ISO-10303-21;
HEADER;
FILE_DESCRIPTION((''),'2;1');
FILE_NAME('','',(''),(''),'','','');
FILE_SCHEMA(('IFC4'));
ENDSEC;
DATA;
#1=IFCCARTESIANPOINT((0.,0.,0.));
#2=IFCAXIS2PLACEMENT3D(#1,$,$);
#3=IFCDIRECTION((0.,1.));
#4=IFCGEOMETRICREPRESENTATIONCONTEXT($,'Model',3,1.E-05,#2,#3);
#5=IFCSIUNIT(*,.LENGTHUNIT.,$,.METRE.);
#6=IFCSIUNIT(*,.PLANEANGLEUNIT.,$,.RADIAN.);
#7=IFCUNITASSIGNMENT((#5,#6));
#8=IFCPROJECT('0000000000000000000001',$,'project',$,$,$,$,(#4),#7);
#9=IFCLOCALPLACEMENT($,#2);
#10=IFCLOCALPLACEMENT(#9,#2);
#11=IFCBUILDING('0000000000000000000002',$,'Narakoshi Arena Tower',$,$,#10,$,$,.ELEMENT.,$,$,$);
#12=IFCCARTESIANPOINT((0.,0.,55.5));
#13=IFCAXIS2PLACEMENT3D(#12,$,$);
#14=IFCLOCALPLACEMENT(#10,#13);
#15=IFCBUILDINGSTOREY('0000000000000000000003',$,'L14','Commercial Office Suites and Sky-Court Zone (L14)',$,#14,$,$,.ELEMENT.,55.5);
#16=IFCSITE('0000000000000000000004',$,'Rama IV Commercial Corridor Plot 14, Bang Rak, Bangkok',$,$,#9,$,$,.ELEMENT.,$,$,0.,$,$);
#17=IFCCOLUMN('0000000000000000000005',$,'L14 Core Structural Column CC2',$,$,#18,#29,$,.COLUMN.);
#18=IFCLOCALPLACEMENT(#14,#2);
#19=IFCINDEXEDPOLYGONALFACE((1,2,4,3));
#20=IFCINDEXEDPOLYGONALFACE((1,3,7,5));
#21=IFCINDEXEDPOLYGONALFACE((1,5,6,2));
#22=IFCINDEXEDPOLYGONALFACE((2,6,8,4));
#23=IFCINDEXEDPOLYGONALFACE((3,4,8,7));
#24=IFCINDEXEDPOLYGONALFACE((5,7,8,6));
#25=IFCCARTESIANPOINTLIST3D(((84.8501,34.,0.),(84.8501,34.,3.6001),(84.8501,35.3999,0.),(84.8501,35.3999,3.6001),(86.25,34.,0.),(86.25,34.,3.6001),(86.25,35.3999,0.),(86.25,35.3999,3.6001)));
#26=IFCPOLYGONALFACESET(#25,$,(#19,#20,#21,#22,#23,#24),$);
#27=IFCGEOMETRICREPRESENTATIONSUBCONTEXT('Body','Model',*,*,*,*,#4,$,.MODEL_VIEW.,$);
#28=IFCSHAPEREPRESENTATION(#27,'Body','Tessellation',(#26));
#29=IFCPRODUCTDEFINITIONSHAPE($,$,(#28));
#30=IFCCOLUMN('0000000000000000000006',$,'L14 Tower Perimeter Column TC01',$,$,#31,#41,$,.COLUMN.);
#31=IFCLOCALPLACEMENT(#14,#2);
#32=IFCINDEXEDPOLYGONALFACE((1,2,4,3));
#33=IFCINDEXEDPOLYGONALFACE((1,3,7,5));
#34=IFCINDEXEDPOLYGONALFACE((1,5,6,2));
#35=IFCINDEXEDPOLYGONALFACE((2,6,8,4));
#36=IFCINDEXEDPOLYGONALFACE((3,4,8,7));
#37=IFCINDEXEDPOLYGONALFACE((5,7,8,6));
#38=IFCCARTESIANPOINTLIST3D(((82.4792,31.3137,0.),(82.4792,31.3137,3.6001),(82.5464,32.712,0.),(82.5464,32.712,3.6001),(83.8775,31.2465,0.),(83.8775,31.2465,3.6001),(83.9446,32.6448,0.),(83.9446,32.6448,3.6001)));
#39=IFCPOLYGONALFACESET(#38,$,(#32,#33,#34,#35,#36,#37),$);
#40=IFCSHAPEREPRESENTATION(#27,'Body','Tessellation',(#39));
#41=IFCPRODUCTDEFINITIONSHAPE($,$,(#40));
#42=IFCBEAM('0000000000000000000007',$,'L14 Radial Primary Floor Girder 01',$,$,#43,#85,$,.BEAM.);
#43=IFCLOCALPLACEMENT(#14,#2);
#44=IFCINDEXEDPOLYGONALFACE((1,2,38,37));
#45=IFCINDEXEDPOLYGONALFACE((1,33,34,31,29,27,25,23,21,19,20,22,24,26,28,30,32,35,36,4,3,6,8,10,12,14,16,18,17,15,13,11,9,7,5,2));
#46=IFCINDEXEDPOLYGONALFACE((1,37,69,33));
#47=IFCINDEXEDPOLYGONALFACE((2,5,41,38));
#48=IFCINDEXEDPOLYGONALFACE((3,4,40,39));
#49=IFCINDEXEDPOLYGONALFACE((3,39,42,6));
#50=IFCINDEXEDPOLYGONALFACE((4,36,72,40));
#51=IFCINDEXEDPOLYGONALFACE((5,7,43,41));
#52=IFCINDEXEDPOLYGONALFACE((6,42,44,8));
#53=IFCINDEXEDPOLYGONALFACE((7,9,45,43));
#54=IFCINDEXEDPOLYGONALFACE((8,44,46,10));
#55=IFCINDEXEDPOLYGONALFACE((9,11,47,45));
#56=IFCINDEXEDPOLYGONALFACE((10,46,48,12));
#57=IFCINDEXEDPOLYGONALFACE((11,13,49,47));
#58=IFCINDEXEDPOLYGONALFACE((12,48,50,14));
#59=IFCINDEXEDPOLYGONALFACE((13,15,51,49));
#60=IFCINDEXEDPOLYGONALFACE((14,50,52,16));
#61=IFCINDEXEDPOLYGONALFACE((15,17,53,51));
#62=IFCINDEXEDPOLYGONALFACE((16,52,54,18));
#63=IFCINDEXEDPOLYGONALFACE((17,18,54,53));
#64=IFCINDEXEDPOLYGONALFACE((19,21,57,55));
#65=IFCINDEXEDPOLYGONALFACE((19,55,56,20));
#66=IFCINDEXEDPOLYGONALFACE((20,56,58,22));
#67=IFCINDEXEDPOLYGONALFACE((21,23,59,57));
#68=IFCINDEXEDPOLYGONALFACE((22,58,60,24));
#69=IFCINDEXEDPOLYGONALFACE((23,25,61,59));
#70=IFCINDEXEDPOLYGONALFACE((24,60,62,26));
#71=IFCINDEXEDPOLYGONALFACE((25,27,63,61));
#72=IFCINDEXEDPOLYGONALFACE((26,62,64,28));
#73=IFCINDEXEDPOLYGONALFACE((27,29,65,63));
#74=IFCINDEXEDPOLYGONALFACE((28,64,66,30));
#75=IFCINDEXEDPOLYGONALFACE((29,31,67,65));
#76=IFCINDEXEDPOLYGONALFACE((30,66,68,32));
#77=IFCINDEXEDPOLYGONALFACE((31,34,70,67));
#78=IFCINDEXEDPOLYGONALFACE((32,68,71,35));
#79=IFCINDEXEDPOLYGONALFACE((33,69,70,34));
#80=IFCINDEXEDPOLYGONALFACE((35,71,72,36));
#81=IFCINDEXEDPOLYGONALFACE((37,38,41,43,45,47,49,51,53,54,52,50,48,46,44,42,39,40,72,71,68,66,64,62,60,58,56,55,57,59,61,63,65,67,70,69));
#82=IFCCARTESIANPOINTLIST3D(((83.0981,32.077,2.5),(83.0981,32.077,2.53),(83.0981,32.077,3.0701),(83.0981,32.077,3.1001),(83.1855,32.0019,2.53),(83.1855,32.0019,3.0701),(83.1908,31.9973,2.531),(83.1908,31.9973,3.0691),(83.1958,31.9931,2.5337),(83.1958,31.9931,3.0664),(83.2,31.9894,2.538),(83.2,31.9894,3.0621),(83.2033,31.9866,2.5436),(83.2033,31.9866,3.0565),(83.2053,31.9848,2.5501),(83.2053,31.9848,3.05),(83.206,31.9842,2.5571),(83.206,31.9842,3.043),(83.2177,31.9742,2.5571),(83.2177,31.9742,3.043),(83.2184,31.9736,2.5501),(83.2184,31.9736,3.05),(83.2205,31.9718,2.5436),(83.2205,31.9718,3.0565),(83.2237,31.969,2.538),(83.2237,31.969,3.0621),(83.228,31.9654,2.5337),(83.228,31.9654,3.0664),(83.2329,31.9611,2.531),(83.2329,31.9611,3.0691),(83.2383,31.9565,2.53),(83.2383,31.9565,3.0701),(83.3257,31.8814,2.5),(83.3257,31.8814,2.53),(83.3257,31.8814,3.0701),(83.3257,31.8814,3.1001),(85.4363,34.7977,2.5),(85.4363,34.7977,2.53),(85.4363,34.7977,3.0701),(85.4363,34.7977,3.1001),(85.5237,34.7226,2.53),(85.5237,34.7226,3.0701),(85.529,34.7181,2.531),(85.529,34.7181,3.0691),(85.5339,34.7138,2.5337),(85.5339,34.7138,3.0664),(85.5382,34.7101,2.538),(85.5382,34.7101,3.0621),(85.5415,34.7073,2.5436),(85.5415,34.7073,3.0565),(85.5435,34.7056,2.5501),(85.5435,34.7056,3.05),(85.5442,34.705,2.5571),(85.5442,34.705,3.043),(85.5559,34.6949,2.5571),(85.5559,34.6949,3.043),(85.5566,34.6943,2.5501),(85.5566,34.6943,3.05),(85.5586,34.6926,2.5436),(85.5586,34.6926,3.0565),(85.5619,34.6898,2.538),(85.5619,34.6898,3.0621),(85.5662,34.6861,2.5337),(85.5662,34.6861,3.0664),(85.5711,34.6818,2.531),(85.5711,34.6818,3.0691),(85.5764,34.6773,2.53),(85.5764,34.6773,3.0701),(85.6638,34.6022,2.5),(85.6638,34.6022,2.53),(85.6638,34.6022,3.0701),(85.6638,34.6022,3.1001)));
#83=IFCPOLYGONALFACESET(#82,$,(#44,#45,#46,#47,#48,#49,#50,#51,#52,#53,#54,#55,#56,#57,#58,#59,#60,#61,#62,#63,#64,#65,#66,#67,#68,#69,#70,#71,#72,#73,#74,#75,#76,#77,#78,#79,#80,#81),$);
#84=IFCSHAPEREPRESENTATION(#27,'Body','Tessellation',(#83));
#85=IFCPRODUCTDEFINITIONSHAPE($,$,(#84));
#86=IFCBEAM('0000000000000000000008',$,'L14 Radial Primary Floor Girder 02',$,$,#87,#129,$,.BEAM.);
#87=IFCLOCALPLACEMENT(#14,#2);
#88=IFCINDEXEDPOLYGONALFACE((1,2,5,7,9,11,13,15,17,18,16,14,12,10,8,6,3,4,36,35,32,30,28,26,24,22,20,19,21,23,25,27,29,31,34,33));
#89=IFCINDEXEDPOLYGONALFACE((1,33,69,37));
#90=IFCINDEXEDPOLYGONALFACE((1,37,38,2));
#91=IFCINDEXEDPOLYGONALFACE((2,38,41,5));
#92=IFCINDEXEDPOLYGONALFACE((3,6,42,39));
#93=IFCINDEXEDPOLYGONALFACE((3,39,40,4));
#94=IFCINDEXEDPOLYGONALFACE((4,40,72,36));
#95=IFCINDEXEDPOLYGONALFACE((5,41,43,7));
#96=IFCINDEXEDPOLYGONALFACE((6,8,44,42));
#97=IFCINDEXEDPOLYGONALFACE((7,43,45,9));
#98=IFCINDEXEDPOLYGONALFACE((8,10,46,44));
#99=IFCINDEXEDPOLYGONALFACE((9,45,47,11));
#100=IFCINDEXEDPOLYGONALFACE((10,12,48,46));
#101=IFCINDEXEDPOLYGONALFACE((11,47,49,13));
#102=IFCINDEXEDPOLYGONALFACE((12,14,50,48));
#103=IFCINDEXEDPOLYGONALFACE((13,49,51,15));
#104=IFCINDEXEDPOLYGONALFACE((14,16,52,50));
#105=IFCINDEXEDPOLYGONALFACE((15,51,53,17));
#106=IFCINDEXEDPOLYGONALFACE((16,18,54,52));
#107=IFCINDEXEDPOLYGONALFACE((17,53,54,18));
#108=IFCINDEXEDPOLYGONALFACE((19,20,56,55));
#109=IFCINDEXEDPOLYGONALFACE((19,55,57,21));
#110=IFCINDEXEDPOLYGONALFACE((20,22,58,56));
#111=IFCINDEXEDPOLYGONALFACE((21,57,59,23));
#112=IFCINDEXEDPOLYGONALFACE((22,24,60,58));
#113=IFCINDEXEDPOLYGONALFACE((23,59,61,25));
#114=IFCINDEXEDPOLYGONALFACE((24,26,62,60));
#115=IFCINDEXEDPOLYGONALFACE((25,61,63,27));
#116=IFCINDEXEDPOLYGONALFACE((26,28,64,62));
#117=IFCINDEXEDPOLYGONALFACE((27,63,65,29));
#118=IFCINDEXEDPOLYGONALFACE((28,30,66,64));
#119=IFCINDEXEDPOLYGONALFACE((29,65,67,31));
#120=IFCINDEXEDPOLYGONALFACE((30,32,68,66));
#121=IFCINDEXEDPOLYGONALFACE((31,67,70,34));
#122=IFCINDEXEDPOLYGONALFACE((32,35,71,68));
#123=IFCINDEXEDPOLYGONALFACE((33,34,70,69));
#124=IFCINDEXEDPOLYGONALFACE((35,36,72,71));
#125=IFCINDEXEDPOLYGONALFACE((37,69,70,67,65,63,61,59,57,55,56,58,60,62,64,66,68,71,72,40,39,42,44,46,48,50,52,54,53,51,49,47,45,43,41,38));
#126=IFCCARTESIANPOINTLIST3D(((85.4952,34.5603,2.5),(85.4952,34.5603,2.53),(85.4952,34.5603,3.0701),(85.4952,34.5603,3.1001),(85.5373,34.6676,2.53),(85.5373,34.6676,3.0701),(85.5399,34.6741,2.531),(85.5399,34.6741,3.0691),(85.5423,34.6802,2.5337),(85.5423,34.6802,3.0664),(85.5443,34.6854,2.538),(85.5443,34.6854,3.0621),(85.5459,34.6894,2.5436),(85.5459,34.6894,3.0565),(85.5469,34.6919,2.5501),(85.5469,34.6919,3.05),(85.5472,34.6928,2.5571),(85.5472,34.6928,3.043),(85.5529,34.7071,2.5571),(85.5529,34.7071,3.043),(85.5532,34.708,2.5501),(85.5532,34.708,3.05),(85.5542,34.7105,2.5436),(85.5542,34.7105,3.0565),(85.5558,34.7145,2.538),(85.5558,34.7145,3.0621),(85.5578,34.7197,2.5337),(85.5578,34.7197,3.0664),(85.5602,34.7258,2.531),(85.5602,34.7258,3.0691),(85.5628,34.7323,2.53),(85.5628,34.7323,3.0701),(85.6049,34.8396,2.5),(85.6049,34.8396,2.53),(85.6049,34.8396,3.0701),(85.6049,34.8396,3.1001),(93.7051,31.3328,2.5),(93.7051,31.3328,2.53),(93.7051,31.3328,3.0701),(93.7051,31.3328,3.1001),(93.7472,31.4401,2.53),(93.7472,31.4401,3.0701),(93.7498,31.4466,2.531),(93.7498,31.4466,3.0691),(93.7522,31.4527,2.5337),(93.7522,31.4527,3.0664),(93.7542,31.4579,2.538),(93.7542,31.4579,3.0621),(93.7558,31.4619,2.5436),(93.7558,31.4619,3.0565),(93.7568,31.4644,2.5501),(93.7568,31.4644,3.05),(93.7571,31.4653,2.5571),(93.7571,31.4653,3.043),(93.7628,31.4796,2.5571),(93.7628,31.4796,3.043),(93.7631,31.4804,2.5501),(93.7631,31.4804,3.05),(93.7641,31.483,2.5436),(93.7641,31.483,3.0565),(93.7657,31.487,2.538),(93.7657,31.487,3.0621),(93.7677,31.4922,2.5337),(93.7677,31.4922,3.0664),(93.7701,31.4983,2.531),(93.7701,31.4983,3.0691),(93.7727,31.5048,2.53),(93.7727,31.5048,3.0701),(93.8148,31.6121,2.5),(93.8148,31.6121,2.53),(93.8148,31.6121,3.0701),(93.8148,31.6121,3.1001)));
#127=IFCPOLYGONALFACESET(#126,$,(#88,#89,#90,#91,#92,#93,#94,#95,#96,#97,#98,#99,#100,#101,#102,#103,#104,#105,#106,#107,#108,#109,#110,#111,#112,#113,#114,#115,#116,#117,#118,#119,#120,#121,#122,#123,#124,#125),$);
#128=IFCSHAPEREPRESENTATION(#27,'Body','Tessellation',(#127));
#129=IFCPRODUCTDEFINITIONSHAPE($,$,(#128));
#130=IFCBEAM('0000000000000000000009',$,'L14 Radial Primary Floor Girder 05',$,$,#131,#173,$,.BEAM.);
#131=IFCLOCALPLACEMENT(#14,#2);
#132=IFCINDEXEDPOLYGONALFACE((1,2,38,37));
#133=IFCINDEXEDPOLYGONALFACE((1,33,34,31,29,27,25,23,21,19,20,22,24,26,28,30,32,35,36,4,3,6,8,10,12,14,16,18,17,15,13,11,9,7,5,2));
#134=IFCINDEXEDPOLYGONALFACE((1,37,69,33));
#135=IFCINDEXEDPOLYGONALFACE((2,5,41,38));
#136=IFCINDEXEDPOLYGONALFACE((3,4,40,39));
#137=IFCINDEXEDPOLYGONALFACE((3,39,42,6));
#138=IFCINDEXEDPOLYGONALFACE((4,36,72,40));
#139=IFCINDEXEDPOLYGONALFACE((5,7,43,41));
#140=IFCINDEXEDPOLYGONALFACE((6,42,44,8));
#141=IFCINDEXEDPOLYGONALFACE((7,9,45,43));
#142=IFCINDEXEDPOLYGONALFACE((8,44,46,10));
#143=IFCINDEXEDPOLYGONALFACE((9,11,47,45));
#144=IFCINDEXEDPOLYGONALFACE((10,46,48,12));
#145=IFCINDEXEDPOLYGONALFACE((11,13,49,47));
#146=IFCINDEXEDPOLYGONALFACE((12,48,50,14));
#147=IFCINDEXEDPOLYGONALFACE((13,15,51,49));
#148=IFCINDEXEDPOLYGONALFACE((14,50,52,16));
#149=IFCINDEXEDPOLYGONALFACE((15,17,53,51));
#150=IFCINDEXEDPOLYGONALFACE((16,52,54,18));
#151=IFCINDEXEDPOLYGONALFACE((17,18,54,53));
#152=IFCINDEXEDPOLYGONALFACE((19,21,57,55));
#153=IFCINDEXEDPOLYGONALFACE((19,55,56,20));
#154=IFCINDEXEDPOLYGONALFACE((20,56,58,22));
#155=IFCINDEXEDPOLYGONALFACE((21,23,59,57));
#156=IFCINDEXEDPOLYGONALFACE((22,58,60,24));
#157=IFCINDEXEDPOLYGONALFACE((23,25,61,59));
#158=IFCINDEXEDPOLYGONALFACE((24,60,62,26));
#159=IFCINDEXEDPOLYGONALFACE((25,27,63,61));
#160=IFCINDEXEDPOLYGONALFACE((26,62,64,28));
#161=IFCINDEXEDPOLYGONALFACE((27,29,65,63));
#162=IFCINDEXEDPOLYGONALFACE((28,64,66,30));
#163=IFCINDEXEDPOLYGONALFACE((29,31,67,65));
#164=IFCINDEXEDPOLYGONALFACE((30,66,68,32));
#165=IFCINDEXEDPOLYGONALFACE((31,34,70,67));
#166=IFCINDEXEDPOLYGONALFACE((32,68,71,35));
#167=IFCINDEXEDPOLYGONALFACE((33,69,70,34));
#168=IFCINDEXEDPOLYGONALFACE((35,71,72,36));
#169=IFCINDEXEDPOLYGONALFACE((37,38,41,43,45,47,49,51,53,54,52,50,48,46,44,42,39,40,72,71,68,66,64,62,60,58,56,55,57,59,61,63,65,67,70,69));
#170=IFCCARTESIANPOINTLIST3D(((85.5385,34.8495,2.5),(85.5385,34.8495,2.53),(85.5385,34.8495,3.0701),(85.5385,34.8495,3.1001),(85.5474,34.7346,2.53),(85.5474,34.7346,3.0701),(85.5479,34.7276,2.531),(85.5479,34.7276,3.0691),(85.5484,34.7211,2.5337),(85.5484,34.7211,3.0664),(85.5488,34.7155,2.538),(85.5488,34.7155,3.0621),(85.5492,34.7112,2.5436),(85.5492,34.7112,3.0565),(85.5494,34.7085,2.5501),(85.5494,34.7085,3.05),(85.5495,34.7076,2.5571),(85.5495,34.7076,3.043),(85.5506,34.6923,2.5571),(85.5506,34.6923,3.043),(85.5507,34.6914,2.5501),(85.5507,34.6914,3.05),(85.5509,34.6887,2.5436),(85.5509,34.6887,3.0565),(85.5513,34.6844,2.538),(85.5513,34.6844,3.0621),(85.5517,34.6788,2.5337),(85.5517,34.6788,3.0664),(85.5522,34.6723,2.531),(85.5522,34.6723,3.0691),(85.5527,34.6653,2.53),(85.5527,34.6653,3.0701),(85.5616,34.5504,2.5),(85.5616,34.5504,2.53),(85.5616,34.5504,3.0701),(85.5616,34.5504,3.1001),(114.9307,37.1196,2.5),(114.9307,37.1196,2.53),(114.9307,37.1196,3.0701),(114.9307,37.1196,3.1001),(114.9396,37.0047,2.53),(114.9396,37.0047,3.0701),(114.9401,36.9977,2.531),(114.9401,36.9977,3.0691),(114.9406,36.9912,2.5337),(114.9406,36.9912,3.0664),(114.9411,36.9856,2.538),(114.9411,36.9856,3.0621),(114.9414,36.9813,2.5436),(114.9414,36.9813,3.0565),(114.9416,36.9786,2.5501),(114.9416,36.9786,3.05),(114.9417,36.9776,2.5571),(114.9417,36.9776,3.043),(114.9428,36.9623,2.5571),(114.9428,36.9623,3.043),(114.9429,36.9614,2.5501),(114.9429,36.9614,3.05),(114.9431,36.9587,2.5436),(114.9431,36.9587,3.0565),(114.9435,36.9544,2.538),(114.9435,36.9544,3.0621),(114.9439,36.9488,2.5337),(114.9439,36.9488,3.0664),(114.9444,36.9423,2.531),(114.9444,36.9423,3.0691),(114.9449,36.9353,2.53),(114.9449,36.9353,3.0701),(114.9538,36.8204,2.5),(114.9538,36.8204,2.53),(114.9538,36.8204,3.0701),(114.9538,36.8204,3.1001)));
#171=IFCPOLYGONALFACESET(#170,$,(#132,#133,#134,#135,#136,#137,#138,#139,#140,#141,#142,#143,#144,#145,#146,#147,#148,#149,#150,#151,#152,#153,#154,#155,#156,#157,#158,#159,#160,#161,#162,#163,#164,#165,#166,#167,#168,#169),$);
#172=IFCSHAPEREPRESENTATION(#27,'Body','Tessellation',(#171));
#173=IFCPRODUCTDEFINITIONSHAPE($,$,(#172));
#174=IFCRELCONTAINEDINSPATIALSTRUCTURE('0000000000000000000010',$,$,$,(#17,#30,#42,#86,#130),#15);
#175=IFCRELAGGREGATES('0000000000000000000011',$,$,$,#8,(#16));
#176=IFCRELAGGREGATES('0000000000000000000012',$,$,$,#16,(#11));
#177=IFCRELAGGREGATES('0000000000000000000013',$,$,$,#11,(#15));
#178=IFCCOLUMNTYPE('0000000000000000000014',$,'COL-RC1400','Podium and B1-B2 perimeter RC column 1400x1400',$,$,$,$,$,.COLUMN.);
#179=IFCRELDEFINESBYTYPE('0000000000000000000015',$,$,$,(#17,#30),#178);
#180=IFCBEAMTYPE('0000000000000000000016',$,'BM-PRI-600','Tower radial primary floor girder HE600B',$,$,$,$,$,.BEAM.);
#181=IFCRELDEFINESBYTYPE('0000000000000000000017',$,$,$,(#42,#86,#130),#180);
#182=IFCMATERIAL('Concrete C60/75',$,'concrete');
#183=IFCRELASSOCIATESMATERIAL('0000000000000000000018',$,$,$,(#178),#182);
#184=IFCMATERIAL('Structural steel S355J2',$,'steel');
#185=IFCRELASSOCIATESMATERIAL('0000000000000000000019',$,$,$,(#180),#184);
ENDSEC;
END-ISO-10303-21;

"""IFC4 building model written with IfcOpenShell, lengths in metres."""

from ifc_helpers import new_model, si_unit, direction, frame, origin, origin_2d, place, context, subcontext, project, spatial, rectangle, i_section, extrude, material, material_profile, profile_set, type_object, element, save


model = new_model("IFC4")

# Units and contexts
model_context = context("Model", 3, precision=1e-05, world=origin(), true_north=direction((0.0, 1.0)))
body_context = subcontext(model_context, "Body", "Model", "MODEL_VIEW")
ifc_project = project(units=[si_unit("LENGTHUNIT", "METRE"), si_unit("PLANEANGLEUNIT", "RADIAN")], contexts=[model_context])

# Site, building, storey
site_placement = place(None, origin())
site = spatial("IfcSite", under=ifc_project, at=site_placement, Name="Rama IV Commercial Corridor Plot 14, Bang Rak, Bangkok", CompositionType="ELEMENT", RefElevation=0.0)
building_placement = place(site_placement, origin())
building = spatial("IfcBuilding", under=site, at=building_placement, Name="Narakoshi Arena Tower", CompositionType="ELEMENT")
storey_placement = place(building_placement, frame((0.0, 0.0, 55.5)))
storey = spatial("IfcBuildingStorey", under=building, at=storey_placement, Name="L14", Description="Commercial Office Suites and Sky-Court Zone (L14)", CompositionType="ELEMENT", Elevation=55.5)

# Columns
ifc_material_1 = material(Name="Concrete C60/75", Category="concrete")
ifc_material_profile_1 = material_profile(ifc_material_1, rectangle(XDim=1.3999, YDim=1.3999, at=origin_2d()), Name="RC1400x1400")
ifc_profile_set_1 = profile_set([ifc_material_profile_1], Name="Concrete C60/75")
column_type = type_object("IfcColumnType", Name="COL-RC1400", Description="Podium and B1-B2 perimeter RC column 1400x1400", PredefinedType="COLUMN", material=ifc_profile_set_1)
for number, where, z_axis, x_axis, name in (
    (1, (85.55, 34.7, 0.0), (0.0, 0.0, 1.0), (1.0, 0.0, 0.0), "L14 Core Structural Column CC2"),
    (2, (83.2119, 31.9792, 0.0), (0.0, 0.0, 1.0), (-0.998848, 0.047978, 0.0), "L14 Tower Perimeter Column TC01"),
):
    element("IfcColumn", number, at=place(storey_placement, frame(where, z_axis=z_axis, x_axis=x_axis)), inside=storey, type_object=column_type, Name=name, PredefinedType="COLUMN", context=body_context, shape_type="SweptSolid", body=[
        extrude(rectangle(XDim=1.3999, YDim=1.3999, at=origin_2d()), origin(), (0.0, 0.0, 1.0), 3.6001),
    ])

# Beams
ifc_material_2 = material(Name="Structural steel S355J2", Category="steel")
ifc_material_profile_2 = material_profile(ifc_material_2, i_section(OverallWidth=0.3, OverallDepth=0.6001, WebThickness=0.0154, FlangeThickness=0.03, FilletRadius=0.0271, at=origin_2d()), Name="HE600B")
ifc_profile_set_2 = profile_set([ifc_material_profile_2], Name="Structural steel S355J2")
beam_type_1 = type_object("IfcBeamType", Name="BM-PRI-600", Description="Tower radial primary floor girder HE600B", PredefinedType="BEAM", material=ifc_profile_set_2)
beam_1_placement = place(storey_placement, frame((85.55, 34.7, 2.8), z_axis=(-0.651772, -0.758415, 0.0), x_axis=(0.758415, -0.651772, 0.0)))
element("IfcBeam", 3, at=beam_1_placement, inside=storey, type_object=beam_type_1, Name="L14 Radial Primary Floor Girder 01", PredefinedType="BEAM", context=body_context, shape_type="SweptSolid", body=[
    extrude(i_section(OverallWidth=0.3, OverallDepth=0.6001, WebThickness=0.0154, FlangeThickness=0.03, FilletRadius=0.0271, at=origin_2d()), origin(), (0.0, 0.0, 1.0), 3.5874),
])
beam_2_placement = place(storey_placement, frame((85.55, 34.7, 2.8), z_axis=(0.930667, -0.365868, 0.0), x_axis=(0.365868, 0.930667, 0.0)))
element("IfcBeam", 4, at=beam_2_placement, inside=storey, type_object=beam_type_1, Name="L14 Radial Primary Floor Girder 02", PredefinedType="BEAM", context=body_context, shape_type="SweptSolid", body=[
    extrude(i_section(OverallWidth=0.3, OverallDepth=0.6001, WebThickness=0.0154, FlangeThickness=0.03, FilletRadius=0.0271, at=origin_2d()), origin(), (0.0, 0.0, 1.0), 8.8215),
])
beam_3_placement = place(storey_placement, frame((85.55, 34.7, 2.8), z_axis=(0.997031, 0.077003, 0.0), x_axis=(-0.077003, 0.997031, 0.0)))
element("IfcBeam", 5, at=beam_3_placement, inside=storey, type_object=beam_type_1, Name="L14 Radial Primary Floor Girder 05", PredefinedType="BEAM", context=body_context, shape_type="SweptSolid", body=[
    extrude(i_section(OverallWidth=0.3, OverallDepth=0.6001, WebThickness=0.0154, FlangeThickness=0.03, FilletRadius=0.0271, at=origin_2d()), origin(), (0.0, 0.0, 1.0), 29.4797),
])

save(model, "model.ifc")
